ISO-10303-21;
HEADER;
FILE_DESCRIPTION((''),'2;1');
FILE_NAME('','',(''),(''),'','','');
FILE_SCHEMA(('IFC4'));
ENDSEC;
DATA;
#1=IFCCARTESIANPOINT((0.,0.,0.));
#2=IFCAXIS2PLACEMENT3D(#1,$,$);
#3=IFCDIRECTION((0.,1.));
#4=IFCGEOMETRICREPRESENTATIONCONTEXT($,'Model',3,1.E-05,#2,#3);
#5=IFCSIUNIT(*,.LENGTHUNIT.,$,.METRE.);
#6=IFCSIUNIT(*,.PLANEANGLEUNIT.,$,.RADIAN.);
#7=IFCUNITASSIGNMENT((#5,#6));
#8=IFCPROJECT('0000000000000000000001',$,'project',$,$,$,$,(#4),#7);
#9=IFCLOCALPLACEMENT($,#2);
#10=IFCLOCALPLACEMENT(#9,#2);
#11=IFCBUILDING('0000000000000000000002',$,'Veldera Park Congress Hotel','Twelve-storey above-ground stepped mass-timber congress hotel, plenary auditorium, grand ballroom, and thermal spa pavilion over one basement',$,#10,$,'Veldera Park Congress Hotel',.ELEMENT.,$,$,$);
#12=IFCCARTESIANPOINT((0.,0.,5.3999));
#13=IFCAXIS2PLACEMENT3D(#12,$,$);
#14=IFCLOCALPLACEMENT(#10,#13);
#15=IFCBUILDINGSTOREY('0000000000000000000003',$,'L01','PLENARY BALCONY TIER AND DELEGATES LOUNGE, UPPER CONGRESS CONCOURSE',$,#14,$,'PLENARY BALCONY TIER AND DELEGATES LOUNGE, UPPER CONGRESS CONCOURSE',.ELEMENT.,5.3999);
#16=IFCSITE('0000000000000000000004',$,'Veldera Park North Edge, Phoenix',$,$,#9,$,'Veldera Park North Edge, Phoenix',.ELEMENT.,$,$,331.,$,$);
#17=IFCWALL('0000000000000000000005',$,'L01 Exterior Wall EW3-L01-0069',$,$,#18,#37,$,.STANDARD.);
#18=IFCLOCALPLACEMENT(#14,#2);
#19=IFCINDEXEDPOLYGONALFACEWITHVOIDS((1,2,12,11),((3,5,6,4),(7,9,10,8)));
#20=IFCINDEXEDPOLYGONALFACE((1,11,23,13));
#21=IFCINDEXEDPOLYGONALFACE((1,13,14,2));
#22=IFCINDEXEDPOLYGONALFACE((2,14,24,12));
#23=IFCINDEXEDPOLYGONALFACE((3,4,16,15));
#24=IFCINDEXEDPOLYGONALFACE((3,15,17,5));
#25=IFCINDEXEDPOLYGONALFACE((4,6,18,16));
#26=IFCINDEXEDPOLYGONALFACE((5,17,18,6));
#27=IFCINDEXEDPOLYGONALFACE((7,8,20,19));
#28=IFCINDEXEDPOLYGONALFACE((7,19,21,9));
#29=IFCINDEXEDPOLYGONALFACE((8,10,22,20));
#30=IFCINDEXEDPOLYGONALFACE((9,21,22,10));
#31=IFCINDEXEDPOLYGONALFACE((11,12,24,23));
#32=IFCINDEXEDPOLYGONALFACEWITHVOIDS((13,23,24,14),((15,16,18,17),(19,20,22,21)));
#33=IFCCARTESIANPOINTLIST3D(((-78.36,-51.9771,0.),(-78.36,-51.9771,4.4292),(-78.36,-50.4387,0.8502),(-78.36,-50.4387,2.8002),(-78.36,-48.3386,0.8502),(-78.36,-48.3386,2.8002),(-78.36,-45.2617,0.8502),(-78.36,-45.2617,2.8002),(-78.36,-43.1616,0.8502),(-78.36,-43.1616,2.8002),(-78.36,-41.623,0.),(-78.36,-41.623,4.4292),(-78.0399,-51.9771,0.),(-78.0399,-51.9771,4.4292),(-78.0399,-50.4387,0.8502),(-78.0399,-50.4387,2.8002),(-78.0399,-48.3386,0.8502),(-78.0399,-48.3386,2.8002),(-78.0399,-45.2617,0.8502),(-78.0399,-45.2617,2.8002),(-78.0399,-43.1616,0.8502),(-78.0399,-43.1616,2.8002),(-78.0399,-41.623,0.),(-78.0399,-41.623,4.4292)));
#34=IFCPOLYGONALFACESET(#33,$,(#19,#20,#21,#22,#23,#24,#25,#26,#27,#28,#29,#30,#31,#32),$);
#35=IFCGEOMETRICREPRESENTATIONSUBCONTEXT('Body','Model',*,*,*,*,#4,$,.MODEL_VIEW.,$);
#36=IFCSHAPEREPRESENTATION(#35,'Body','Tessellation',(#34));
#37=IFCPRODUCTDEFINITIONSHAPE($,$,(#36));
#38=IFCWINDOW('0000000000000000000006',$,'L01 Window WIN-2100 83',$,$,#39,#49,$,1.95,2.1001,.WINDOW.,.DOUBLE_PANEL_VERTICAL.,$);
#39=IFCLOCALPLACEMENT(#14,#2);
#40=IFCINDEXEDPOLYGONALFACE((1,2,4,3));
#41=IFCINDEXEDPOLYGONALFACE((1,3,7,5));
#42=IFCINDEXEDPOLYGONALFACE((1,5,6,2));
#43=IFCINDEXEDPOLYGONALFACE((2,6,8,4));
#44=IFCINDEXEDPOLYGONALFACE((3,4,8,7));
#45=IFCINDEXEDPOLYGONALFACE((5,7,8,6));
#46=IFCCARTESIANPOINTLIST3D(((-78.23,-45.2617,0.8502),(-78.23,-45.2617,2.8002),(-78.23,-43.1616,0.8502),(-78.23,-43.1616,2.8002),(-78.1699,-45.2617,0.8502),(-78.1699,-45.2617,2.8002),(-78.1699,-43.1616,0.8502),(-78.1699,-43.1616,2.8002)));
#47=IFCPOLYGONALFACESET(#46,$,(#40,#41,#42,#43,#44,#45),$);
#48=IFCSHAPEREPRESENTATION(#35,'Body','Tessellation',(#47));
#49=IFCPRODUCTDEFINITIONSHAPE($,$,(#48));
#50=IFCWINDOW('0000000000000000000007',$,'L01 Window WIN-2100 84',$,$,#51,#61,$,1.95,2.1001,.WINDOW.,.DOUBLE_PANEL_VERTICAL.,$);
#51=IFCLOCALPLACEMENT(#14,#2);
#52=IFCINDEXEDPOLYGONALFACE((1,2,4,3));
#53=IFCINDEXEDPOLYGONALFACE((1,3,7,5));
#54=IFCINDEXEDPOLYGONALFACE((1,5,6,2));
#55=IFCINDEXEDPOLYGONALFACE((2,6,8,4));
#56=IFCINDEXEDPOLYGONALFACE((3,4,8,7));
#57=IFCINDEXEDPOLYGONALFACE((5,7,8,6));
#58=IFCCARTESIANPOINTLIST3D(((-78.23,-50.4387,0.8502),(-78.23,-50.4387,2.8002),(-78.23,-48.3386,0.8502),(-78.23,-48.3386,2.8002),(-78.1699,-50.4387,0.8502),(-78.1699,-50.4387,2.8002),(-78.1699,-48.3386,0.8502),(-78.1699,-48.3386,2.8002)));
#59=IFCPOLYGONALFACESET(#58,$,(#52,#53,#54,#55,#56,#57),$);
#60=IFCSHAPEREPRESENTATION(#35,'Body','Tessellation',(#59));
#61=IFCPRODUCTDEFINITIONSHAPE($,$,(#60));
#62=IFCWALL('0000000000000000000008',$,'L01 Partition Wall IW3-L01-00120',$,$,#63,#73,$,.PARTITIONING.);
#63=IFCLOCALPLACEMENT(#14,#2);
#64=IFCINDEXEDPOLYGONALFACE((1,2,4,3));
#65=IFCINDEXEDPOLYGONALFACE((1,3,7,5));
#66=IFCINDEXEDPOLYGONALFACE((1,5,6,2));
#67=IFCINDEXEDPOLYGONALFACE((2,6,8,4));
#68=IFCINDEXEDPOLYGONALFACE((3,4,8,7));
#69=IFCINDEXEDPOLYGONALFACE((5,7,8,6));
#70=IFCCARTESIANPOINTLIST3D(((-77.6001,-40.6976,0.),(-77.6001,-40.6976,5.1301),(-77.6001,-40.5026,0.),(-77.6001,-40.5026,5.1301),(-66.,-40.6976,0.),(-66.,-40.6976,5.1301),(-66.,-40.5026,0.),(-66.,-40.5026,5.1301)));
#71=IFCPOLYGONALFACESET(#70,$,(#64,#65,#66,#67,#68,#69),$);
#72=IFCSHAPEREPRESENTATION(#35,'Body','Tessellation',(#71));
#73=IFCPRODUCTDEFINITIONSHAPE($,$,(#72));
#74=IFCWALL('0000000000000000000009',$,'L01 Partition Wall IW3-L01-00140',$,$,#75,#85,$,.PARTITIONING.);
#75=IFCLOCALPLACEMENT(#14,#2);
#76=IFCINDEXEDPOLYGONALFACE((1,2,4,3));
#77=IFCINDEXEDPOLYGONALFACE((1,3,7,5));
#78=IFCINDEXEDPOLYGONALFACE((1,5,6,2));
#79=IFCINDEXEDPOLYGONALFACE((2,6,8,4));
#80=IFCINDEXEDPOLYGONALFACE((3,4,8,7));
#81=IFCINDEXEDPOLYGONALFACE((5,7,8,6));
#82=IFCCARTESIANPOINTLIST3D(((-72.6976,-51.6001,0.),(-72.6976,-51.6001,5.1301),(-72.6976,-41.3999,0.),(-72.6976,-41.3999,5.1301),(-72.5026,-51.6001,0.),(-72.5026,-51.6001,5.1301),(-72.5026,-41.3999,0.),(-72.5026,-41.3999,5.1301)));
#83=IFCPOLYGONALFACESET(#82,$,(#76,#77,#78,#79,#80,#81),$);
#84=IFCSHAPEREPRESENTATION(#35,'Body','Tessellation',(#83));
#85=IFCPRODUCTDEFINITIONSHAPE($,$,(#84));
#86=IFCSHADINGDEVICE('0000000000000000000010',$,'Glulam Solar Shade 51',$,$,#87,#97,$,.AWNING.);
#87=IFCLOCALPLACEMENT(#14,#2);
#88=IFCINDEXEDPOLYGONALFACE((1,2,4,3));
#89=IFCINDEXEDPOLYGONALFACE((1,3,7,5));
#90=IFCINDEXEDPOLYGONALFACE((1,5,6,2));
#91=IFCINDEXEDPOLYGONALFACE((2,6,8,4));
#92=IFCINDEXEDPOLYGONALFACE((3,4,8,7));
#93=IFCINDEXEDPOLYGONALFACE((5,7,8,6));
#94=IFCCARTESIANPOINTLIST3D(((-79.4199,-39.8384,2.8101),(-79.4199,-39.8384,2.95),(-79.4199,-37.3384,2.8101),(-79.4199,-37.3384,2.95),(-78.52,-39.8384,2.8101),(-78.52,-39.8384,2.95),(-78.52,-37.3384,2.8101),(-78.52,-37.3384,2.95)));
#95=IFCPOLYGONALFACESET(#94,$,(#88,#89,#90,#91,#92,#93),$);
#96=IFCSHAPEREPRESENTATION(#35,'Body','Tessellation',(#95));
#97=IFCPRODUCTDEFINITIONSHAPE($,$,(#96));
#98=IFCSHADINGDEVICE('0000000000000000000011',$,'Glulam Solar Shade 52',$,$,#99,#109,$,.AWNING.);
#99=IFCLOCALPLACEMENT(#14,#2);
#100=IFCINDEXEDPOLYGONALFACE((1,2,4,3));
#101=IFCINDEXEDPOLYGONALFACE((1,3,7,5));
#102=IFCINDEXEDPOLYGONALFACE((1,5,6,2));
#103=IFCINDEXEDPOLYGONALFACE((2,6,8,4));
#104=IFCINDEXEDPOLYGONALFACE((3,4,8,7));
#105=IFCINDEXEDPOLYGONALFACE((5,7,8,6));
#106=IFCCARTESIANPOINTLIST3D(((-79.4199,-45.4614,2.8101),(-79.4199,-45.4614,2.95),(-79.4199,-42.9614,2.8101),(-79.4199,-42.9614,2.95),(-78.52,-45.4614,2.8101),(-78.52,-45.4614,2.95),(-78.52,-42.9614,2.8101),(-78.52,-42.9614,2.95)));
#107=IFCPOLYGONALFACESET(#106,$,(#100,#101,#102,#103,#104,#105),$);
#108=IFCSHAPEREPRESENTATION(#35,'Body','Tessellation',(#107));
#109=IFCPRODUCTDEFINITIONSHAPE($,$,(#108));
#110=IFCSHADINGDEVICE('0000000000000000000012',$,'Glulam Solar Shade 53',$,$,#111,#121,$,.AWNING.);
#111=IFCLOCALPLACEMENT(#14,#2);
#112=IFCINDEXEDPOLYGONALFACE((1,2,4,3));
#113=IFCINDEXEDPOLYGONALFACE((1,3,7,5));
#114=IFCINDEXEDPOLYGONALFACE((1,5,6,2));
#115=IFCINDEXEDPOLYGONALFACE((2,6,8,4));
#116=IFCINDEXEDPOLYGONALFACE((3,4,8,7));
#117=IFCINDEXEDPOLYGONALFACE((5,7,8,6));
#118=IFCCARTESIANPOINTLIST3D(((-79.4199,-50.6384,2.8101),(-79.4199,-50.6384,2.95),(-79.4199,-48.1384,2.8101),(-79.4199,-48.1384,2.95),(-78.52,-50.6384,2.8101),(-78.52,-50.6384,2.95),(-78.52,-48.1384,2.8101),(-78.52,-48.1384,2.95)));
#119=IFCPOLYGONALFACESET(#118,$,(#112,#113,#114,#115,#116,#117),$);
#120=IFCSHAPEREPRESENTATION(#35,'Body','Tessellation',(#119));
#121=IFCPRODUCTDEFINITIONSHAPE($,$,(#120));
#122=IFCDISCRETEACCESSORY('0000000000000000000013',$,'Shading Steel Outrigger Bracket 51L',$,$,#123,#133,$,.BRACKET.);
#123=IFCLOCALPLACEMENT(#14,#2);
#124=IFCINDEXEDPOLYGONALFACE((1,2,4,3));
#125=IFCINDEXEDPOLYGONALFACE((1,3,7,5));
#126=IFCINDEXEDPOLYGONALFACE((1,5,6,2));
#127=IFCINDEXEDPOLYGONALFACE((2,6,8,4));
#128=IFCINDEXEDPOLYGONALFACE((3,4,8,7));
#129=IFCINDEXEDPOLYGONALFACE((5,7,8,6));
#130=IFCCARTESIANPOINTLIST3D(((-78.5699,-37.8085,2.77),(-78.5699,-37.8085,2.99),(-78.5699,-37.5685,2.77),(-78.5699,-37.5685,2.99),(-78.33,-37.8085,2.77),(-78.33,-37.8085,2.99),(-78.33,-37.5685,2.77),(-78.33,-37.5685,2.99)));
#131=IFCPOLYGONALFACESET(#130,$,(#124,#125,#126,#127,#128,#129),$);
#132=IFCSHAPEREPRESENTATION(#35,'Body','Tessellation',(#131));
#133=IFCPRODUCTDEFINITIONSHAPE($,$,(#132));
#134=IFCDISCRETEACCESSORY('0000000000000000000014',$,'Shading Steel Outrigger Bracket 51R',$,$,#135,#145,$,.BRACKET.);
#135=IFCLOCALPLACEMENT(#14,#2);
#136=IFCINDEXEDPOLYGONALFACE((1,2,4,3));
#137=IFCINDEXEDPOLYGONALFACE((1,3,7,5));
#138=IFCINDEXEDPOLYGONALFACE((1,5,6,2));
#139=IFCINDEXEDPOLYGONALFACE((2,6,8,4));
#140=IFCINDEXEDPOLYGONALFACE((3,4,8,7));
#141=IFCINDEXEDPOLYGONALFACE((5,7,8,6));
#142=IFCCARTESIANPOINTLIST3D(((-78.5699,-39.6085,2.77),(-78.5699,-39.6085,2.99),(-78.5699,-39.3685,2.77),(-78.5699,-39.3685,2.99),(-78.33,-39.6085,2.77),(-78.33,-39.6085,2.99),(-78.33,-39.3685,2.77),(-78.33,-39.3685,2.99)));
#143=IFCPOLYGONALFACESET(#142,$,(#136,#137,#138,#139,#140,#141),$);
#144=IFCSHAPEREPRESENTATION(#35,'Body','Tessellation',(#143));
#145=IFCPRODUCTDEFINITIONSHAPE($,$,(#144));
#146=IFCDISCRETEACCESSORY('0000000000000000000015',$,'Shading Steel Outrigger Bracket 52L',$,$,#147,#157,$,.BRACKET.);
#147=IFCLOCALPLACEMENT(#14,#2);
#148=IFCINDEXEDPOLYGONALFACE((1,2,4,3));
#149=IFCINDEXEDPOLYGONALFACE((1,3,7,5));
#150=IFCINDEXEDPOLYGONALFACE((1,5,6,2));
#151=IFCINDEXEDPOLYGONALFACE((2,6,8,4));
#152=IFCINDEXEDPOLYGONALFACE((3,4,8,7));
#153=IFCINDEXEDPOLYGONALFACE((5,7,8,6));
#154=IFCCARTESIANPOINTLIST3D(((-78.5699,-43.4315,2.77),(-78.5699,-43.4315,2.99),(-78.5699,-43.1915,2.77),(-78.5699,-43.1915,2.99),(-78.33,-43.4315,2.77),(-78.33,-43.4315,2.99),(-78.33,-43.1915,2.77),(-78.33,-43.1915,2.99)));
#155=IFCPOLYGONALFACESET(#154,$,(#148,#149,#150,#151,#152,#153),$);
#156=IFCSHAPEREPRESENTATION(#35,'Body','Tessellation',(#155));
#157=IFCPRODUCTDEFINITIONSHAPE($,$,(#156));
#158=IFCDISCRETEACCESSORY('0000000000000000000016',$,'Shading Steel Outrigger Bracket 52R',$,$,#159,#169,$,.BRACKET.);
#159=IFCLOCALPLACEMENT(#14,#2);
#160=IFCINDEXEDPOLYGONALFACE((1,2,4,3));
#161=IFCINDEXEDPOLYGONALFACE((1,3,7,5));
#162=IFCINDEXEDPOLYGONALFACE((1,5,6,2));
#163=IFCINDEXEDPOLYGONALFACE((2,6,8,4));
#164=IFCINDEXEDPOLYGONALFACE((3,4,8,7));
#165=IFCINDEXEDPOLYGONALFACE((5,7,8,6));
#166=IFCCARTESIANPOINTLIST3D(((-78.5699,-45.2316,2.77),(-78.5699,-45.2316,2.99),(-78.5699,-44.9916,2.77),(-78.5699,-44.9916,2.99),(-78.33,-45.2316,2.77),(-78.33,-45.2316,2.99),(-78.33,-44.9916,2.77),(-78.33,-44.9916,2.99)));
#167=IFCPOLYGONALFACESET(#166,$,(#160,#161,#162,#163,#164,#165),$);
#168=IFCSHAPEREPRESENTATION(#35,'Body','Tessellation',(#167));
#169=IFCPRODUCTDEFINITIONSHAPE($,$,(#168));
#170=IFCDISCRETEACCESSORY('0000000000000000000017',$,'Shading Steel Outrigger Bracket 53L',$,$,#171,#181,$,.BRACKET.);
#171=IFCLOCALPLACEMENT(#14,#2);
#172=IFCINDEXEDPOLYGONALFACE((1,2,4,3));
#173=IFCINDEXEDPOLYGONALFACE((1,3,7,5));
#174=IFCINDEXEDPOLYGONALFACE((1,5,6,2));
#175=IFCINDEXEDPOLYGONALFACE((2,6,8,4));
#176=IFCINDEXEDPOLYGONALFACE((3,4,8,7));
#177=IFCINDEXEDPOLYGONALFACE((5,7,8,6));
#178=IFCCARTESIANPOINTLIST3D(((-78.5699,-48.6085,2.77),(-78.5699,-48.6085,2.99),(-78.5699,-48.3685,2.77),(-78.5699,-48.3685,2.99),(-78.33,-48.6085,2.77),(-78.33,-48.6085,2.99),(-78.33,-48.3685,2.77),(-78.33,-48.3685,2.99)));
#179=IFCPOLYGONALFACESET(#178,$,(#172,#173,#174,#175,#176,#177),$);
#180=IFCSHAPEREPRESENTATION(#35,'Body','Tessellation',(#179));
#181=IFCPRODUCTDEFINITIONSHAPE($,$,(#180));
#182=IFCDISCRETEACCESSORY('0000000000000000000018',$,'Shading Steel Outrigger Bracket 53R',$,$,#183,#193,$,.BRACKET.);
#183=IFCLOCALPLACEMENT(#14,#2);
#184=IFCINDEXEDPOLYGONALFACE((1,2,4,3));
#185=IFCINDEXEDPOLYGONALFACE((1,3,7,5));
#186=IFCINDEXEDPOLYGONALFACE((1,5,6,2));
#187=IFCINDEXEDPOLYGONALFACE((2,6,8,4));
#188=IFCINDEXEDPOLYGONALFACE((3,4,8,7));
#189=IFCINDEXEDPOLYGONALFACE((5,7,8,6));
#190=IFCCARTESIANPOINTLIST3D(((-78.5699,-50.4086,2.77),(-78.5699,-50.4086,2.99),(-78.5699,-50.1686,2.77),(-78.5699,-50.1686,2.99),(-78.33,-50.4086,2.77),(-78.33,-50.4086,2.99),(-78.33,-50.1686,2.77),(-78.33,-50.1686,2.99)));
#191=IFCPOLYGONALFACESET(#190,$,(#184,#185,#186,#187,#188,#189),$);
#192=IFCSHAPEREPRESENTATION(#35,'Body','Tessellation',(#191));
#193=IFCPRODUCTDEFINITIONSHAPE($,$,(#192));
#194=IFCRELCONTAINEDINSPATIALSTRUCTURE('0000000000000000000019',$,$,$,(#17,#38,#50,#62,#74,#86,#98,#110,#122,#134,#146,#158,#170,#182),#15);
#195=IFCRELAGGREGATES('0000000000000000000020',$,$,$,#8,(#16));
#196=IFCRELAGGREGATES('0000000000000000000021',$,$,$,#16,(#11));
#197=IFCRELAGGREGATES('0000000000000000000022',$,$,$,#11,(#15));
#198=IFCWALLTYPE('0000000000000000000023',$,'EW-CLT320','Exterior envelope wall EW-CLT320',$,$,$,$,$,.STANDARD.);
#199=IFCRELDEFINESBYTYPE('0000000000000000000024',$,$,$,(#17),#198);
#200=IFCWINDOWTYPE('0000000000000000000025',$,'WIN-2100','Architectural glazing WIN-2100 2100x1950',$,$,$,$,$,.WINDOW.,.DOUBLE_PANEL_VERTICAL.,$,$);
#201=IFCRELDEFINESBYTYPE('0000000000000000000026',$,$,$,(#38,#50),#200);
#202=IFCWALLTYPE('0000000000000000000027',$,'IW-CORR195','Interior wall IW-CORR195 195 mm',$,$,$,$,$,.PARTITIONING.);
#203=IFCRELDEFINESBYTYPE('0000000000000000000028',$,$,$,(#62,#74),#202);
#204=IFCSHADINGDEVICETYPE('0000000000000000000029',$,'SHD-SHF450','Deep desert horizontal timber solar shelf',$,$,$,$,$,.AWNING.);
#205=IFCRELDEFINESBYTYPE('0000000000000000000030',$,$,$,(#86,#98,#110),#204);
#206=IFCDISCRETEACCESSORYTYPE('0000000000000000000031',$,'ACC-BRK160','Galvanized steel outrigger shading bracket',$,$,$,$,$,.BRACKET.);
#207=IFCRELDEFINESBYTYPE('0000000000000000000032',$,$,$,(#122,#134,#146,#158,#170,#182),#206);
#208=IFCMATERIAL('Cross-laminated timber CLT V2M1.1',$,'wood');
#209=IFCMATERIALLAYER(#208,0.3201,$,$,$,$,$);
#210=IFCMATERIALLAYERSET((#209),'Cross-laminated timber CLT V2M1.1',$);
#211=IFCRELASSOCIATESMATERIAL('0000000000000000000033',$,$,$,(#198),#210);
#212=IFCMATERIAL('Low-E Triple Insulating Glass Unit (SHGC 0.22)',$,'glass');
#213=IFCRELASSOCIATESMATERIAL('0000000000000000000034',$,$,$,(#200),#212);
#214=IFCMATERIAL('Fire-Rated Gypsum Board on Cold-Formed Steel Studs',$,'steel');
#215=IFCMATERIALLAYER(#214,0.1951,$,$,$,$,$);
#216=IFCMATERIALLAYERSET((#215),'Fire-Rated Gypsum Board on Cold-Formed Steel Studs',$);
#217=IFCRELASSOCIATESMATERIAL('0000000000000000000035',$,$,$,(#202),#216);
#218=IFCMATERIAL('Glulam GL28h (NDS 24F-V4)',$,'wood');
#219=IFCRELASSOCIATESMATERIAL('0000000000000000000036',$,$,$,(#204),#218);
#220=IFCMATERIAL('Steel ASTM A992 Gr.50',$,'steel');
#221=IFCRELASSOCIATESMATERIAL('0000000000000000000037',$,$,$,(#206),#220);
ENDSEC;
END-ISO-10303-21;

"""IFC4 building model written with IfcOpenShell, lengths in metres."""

from ifc_helpers import new_model, si_unit, direction, frame, frame_2d, origin, origin_2d, place, context, subcontext, project, spatial, rectangle, extrude, material, layer, layer_set, type_object, element, fill, save


model = new_model("IFC4")

# Units and contexts
model_context = context("Model", 3, precision=1e-05, world=origin(), true_north=direction((0.0, 1.0)))
body_context = subcontext(model_context, "Body", "Model", "MODEL_VIEW")
ifc_project = project(units=[si_unit("LENGTHUNIT", "METRE"), si_unit("PLANEANGLEUNIT", "RADIAN")], contexts=[model_context])

# Site, building, storey
site_placement = place(None, origin())
site = spatial("IfcSite", under=ifc_project, at=site_placement, Name="Veldera Park North Edge, Phoenix", LongName="Veldera Park North Edge, Phoenix", CompositionType="ELEMENT", RefElevation=331.0)
building_placement = place(site_placement, origin())
building = spatial("IfcBuilding", under=site, at=building_placement, Name="Veldera Park Congress Hotel", Description="Twelve-storey above-ground stepped mass-timber congress hotel, plenary auditorium, grand ballroom, and thermal spa pavilion over one basement", LongName="Veldera Park Congress Hotel", CompositionType="ELEMENT")
storey_placement = place(building_placement, frame((0.0, 0.0, 5.3999)))
storey = spatial("IfcBuildingStorey", under=building, at=storey_placement, Name="L01", Description="PLENARY BALCONY TIER AND DELEGATES LOUNGE, UPPER CONGRESS CONCOURSE", LongName="PLENARY BALCONY TIER AND DELEGATES LOUNGE, UPPER CONGRESS CONCOURSE", CompositionType="ELEMENT", Elevation=5.3999)

# Shared definitions
ifc_material_1 = material(Name="Glulam GL28h (NDS 24F-V4)", Category="wood")

# Shared definitions
ifc_material_2 = material(Name="Steel ASTM A992 Gr.50", Category="steel")

# Shared definitions
ifc_material_3 = material(Name="Cross-laminated timber CLT V2M1.1", Category="wood")

# Wall, openings, windows
ifc_layer_1 = layer(ifc_material_3, 0.3201)
ifc_layer_set_1 = layer_set([ifc_layer_1], Name="Cross-laminated timber CLT V2M1.1")
wall_type_1 = type_object("IfcWallType", Name="EW-CLT320", Description="Exterior envelope wall EW-CLT320", PredefinedType="STANDARD", material=ifc_layer_set_1)
wall_1_placement = place(storey_placement, frame((-78.2, -41.623, 0.0), z_axis=(0.0, 0.0, 1.0), x_axis=(0.0, -1.0, 0.0)))
wall_1 = element("IfcWall", 1, at=wall_1_placement, inside=storey, type_object=wall_type_1, Name="L01 Exterior Wall EW3-L01-0069", PredefinedType="STANDARD", context=body_context, shape_type="SweptSolid", body=[
    extrude(rectangle(XDim=10.354, YDim=0.3201, at=frame_2d((5.177, 0.0))), origin(), (0.0, 0.0, 1.0), 4.4292),
])
opening_1_placement = place(wall_1_placement, frame((1.5386, 0.0, 0.8501)))
opening_1 = element("IfcOpeningElement", 2, at=opening_1_placement, cuts=wall_1, PredefinedType="OPENING", context=body_context, shape_type="SweptSolid", body=[
    extrude(rectangle(XDim=2.1001, YDim=1.95, at=frame_2d((1.05, 0.9751))), frame((0.0, 0.1721, 0.0), z_axis=(0.0, -1.0, 0.0), x_axis=(1.0, 0.0, 0.0)), (0.0, 0.0, 1.0), 0.344),
])
opening_2_placement = place(wall_1_placement, frame((6.7156, 0.0, 0.8501)))
opening_2 = element("IfcOpeningElement", 3, at=opening_2_placement, cuts=wall_1, PredefinedType="OPENING", context=body_context, shape_type="SweptSolid", body=[
    extrude(rectangle(XDim=2.1001, YDim=1.95, at=frame_2d((1.05, 0.9751))), frame((0.0, 0.1721, 0.0), z_axis=(0.0, -1.0, 0.0), x_axis=(1.0, 0.0, 0.0)), (0.0, 0.0, 1.0), 0.344),
])
ifc_material_4 = material(Name="Low-E Triple Insulating Glass Unit (SHGC 0.22)", Category="glass")
window_type = type_object("IfcWindowType", Name="WIN-2100", Description="Architectural glazing WIN-2100 2100x1950", PartitioningType="DOUBLE_PANEL_VERTICAL", PredefinedType="WINDOW", material=ifc_material_4)
window_1_placement = place(opening_1_placement, origin())
window_1 = element("IfcWindow", 4, at=window_1_placement, inside=storey, type_object=window_type, Name="L01 Window WIN-2100 83", OverallHeight=1.95, OverallWidth=2.1001, PartitioningType="DOUBLE_PANEL_VERTICAL", PredefinedType="WINDOW", context=body_context, shape_type="SweptSolid", body=[
    extrude(rectangle(XDim=2.1001, YDim=1.95, at=frame_2d((1.05, 0.9751))), frame((0.0, 0.03, 0.0), z_axis=(0.0, -1.0, 0.0), x_axis=(1.0, 0.0, 0.0)), (0.0, 0.0, 1.0), 0.0601),
])
fill(opening_1, window_1)
window_2_placement = place(opening_2_placement, origin())
window_2 = element("IfcWindow", 5, at=window_2_placement, inside=storey, type_object=window_type, Name="L01 Window WIN-2100 84", OverallHeight=1.95, OverallWidth=2.1001, PartitioningType="DOUBLE_PANEL_VERTICAL", PredefinedType="WINDOW", context=body_context, shape_type="SweptSolid", body=[
    extrude(rectangle(XDim=2.1001, YDim=1.95, at=frame_2d((1.05, 0.9751))), frame((0.0, 0.03, 0.0), z_axis=(0.0, -1.0, 0.0), x_axis=(1.0, 0.0, 0.0)), (0.0, 0.0, 1.0), 0.0601),
])
fill(opening_2, window_2)

# Walls
ifc_material_5 = material(Name="Fire-Rated Gypsum Board on Cold-Formed Steel Studs", Category="steel")
ifc_layer_2 = layer(ifc_material_5, 0.1951)
ifc_layer_set_2 = layer_set([ifc_layer_2], Name="Fire-Rated Gypsum Board on Cold-Formed Steel Studs")
wall_type_2 = type_object("IfcWallType", Name="IW-CORR195", Description="Interior wall IW-CORR195 195 mm", PredefinedType="PARTITIONING", material=ifc_layer_set_2)
wall_2_placement = place(storey_placement, frame((-77.6001, -40.6001, 0.0), z_axis=(0.0, 0.0, 1.0), x_axis=(1.0, 0.0, 0.0)))
element("IfcWall", 6, at=wall_2_placement, inside=storey, type_object=wall_type_2, Name="L01 Partition Wall IW3-L01-00120", PredefinedType="PARTITIONING", context=body_context, shape_type="SweptSolid", body=[
    extrude(rectangle(XDim=11.6001, YDim=0.1951, at=frame_2d((5.8, 0.0))), origin(), (0.0, 0.0, 1.0), 5.1301),
])
wall_3_placement = place(storey_placement, frame((-72.6001, -41.3999, 0.0), z_axis=(0.0, 0.0, 1.0), x_axis=(0.0, -1.0, 0.0)))
element("IfcWall", 7, at=wall_3_placement, inside=storey, type_object=wall_type_2, Name="L01 Partition Wall IW3-L01-00140", PredefinedType="PARTITIONING", context=body_context, shape_type="SweptSolid", body=[
    extrude(rectangle(XDim=10.2002, YDim=0.1951, at=frame_2d((5.1001, 0.0))), origin(), (0.0, 0.0, 1.0), 5.1301),
])

# Shading devices
shading_device_type = type_object("IfcShadingDeviceType", Name="SHD-SHF450", Description="Deep desert horizontal timber solar shelf", PredefinedType="AWNING", material=ifc_material_1)
for number, where, z_axis, x_axis, name in (
    (8, (-78.97, -38.5884, 2.8101), (0.0, 0.0, 1.0), (0.0, -1.0, 0.0), "Glulam Solar Shade 51"),
    (9, (-78.97, -44.2114, 2.8101), (0.0, 0.0, 1.0), (0.0, -1.0, 0.0), "Glulam Solar Shade 52"),
    (10, (-78.97, -49.3884, 2.8101), (0.0, 0.0, 1.0), (0.0, -1.0, 0.0), "Glulam Solar Shade 53"),
):
    element("IfcShadingDevice", number, at=place(storey_placement, frame(where, z_axis=z_axis, x_axis=x_axis)), inside=storey, type_object=shading_device_type, Name=name, PredefinedType="AWNING", context=body_context, shape_type="SweptSolid", body=[
        extrude(rectangle(XDim=2.5, YDim=0.8999, at=origin_2d()), origin(), (0.0, 0.0, 1.0), 0.1399),
    ])

# Discrete accessories
discrete_accessory_type = type_object("IfcDiscreteAccessoryType", Name="ACC-BRK160", Description="Galvanized steel outrigger shading bracket", PredefinedType="BRACKET", material=ifc_material_2)
for number, where, z_axis, x_axis, name in (
    (11, (-78.45, -37.6885, 2.77), (0.0, 0.0, 1.0), (0.0, -1.0, 0.0), "Shading Steel Outrigger Bracket 51L"),
    (12, (-78.45, -39.4885, 2.77), (0.0, 0.0, 1.0), (0.0, -1.0, 0.0), "Shading Steel Outrigger Bracket 51R"),
    (13, (-78.45, -43.3115, 2.77), (0.0, 0.0, 1.0), (0.0, -1.0, 0.0), "Shading Steel Outrigger Bracket 52L"),
    (14, (-78.45, -45.1116, 2.77), (0.0, 0.0, 1.0), (0.0, -1.0, 0.0), "Shading Steel Outrigger Bracket 52R"),
    (15, (-78.45, -48.4885, 2.77), (0.0, 0.0, 1.0), (0.0, -1.0, 0.0), "Shading Steel Outrigger Bracket 53L"),
    (16, (-78.45, -50.2886, 2.77), (0.0, 0.0, 1.0), (0.0, -1.0, 0.0), "Shading Steel Outrigger Bracket 53R"),
):
    element("IfcDiscreteAccessory", number, at=place(storey_placement, frame(where, z_axis=z_axis, x_axis=x_axis)), inside=storey, type_object=discrete_accessory_type, Name=name, PredefinedType="BRACKET", context=body_context, shape_type="SweptSolid", body=[
        extrude(rectangle(XDim=0.24, YDim=0.24, at=origin_2d()), origin(), (0.0, 0.0, 1.0), 0.22),
    ])

save(model, "model.ifc")
